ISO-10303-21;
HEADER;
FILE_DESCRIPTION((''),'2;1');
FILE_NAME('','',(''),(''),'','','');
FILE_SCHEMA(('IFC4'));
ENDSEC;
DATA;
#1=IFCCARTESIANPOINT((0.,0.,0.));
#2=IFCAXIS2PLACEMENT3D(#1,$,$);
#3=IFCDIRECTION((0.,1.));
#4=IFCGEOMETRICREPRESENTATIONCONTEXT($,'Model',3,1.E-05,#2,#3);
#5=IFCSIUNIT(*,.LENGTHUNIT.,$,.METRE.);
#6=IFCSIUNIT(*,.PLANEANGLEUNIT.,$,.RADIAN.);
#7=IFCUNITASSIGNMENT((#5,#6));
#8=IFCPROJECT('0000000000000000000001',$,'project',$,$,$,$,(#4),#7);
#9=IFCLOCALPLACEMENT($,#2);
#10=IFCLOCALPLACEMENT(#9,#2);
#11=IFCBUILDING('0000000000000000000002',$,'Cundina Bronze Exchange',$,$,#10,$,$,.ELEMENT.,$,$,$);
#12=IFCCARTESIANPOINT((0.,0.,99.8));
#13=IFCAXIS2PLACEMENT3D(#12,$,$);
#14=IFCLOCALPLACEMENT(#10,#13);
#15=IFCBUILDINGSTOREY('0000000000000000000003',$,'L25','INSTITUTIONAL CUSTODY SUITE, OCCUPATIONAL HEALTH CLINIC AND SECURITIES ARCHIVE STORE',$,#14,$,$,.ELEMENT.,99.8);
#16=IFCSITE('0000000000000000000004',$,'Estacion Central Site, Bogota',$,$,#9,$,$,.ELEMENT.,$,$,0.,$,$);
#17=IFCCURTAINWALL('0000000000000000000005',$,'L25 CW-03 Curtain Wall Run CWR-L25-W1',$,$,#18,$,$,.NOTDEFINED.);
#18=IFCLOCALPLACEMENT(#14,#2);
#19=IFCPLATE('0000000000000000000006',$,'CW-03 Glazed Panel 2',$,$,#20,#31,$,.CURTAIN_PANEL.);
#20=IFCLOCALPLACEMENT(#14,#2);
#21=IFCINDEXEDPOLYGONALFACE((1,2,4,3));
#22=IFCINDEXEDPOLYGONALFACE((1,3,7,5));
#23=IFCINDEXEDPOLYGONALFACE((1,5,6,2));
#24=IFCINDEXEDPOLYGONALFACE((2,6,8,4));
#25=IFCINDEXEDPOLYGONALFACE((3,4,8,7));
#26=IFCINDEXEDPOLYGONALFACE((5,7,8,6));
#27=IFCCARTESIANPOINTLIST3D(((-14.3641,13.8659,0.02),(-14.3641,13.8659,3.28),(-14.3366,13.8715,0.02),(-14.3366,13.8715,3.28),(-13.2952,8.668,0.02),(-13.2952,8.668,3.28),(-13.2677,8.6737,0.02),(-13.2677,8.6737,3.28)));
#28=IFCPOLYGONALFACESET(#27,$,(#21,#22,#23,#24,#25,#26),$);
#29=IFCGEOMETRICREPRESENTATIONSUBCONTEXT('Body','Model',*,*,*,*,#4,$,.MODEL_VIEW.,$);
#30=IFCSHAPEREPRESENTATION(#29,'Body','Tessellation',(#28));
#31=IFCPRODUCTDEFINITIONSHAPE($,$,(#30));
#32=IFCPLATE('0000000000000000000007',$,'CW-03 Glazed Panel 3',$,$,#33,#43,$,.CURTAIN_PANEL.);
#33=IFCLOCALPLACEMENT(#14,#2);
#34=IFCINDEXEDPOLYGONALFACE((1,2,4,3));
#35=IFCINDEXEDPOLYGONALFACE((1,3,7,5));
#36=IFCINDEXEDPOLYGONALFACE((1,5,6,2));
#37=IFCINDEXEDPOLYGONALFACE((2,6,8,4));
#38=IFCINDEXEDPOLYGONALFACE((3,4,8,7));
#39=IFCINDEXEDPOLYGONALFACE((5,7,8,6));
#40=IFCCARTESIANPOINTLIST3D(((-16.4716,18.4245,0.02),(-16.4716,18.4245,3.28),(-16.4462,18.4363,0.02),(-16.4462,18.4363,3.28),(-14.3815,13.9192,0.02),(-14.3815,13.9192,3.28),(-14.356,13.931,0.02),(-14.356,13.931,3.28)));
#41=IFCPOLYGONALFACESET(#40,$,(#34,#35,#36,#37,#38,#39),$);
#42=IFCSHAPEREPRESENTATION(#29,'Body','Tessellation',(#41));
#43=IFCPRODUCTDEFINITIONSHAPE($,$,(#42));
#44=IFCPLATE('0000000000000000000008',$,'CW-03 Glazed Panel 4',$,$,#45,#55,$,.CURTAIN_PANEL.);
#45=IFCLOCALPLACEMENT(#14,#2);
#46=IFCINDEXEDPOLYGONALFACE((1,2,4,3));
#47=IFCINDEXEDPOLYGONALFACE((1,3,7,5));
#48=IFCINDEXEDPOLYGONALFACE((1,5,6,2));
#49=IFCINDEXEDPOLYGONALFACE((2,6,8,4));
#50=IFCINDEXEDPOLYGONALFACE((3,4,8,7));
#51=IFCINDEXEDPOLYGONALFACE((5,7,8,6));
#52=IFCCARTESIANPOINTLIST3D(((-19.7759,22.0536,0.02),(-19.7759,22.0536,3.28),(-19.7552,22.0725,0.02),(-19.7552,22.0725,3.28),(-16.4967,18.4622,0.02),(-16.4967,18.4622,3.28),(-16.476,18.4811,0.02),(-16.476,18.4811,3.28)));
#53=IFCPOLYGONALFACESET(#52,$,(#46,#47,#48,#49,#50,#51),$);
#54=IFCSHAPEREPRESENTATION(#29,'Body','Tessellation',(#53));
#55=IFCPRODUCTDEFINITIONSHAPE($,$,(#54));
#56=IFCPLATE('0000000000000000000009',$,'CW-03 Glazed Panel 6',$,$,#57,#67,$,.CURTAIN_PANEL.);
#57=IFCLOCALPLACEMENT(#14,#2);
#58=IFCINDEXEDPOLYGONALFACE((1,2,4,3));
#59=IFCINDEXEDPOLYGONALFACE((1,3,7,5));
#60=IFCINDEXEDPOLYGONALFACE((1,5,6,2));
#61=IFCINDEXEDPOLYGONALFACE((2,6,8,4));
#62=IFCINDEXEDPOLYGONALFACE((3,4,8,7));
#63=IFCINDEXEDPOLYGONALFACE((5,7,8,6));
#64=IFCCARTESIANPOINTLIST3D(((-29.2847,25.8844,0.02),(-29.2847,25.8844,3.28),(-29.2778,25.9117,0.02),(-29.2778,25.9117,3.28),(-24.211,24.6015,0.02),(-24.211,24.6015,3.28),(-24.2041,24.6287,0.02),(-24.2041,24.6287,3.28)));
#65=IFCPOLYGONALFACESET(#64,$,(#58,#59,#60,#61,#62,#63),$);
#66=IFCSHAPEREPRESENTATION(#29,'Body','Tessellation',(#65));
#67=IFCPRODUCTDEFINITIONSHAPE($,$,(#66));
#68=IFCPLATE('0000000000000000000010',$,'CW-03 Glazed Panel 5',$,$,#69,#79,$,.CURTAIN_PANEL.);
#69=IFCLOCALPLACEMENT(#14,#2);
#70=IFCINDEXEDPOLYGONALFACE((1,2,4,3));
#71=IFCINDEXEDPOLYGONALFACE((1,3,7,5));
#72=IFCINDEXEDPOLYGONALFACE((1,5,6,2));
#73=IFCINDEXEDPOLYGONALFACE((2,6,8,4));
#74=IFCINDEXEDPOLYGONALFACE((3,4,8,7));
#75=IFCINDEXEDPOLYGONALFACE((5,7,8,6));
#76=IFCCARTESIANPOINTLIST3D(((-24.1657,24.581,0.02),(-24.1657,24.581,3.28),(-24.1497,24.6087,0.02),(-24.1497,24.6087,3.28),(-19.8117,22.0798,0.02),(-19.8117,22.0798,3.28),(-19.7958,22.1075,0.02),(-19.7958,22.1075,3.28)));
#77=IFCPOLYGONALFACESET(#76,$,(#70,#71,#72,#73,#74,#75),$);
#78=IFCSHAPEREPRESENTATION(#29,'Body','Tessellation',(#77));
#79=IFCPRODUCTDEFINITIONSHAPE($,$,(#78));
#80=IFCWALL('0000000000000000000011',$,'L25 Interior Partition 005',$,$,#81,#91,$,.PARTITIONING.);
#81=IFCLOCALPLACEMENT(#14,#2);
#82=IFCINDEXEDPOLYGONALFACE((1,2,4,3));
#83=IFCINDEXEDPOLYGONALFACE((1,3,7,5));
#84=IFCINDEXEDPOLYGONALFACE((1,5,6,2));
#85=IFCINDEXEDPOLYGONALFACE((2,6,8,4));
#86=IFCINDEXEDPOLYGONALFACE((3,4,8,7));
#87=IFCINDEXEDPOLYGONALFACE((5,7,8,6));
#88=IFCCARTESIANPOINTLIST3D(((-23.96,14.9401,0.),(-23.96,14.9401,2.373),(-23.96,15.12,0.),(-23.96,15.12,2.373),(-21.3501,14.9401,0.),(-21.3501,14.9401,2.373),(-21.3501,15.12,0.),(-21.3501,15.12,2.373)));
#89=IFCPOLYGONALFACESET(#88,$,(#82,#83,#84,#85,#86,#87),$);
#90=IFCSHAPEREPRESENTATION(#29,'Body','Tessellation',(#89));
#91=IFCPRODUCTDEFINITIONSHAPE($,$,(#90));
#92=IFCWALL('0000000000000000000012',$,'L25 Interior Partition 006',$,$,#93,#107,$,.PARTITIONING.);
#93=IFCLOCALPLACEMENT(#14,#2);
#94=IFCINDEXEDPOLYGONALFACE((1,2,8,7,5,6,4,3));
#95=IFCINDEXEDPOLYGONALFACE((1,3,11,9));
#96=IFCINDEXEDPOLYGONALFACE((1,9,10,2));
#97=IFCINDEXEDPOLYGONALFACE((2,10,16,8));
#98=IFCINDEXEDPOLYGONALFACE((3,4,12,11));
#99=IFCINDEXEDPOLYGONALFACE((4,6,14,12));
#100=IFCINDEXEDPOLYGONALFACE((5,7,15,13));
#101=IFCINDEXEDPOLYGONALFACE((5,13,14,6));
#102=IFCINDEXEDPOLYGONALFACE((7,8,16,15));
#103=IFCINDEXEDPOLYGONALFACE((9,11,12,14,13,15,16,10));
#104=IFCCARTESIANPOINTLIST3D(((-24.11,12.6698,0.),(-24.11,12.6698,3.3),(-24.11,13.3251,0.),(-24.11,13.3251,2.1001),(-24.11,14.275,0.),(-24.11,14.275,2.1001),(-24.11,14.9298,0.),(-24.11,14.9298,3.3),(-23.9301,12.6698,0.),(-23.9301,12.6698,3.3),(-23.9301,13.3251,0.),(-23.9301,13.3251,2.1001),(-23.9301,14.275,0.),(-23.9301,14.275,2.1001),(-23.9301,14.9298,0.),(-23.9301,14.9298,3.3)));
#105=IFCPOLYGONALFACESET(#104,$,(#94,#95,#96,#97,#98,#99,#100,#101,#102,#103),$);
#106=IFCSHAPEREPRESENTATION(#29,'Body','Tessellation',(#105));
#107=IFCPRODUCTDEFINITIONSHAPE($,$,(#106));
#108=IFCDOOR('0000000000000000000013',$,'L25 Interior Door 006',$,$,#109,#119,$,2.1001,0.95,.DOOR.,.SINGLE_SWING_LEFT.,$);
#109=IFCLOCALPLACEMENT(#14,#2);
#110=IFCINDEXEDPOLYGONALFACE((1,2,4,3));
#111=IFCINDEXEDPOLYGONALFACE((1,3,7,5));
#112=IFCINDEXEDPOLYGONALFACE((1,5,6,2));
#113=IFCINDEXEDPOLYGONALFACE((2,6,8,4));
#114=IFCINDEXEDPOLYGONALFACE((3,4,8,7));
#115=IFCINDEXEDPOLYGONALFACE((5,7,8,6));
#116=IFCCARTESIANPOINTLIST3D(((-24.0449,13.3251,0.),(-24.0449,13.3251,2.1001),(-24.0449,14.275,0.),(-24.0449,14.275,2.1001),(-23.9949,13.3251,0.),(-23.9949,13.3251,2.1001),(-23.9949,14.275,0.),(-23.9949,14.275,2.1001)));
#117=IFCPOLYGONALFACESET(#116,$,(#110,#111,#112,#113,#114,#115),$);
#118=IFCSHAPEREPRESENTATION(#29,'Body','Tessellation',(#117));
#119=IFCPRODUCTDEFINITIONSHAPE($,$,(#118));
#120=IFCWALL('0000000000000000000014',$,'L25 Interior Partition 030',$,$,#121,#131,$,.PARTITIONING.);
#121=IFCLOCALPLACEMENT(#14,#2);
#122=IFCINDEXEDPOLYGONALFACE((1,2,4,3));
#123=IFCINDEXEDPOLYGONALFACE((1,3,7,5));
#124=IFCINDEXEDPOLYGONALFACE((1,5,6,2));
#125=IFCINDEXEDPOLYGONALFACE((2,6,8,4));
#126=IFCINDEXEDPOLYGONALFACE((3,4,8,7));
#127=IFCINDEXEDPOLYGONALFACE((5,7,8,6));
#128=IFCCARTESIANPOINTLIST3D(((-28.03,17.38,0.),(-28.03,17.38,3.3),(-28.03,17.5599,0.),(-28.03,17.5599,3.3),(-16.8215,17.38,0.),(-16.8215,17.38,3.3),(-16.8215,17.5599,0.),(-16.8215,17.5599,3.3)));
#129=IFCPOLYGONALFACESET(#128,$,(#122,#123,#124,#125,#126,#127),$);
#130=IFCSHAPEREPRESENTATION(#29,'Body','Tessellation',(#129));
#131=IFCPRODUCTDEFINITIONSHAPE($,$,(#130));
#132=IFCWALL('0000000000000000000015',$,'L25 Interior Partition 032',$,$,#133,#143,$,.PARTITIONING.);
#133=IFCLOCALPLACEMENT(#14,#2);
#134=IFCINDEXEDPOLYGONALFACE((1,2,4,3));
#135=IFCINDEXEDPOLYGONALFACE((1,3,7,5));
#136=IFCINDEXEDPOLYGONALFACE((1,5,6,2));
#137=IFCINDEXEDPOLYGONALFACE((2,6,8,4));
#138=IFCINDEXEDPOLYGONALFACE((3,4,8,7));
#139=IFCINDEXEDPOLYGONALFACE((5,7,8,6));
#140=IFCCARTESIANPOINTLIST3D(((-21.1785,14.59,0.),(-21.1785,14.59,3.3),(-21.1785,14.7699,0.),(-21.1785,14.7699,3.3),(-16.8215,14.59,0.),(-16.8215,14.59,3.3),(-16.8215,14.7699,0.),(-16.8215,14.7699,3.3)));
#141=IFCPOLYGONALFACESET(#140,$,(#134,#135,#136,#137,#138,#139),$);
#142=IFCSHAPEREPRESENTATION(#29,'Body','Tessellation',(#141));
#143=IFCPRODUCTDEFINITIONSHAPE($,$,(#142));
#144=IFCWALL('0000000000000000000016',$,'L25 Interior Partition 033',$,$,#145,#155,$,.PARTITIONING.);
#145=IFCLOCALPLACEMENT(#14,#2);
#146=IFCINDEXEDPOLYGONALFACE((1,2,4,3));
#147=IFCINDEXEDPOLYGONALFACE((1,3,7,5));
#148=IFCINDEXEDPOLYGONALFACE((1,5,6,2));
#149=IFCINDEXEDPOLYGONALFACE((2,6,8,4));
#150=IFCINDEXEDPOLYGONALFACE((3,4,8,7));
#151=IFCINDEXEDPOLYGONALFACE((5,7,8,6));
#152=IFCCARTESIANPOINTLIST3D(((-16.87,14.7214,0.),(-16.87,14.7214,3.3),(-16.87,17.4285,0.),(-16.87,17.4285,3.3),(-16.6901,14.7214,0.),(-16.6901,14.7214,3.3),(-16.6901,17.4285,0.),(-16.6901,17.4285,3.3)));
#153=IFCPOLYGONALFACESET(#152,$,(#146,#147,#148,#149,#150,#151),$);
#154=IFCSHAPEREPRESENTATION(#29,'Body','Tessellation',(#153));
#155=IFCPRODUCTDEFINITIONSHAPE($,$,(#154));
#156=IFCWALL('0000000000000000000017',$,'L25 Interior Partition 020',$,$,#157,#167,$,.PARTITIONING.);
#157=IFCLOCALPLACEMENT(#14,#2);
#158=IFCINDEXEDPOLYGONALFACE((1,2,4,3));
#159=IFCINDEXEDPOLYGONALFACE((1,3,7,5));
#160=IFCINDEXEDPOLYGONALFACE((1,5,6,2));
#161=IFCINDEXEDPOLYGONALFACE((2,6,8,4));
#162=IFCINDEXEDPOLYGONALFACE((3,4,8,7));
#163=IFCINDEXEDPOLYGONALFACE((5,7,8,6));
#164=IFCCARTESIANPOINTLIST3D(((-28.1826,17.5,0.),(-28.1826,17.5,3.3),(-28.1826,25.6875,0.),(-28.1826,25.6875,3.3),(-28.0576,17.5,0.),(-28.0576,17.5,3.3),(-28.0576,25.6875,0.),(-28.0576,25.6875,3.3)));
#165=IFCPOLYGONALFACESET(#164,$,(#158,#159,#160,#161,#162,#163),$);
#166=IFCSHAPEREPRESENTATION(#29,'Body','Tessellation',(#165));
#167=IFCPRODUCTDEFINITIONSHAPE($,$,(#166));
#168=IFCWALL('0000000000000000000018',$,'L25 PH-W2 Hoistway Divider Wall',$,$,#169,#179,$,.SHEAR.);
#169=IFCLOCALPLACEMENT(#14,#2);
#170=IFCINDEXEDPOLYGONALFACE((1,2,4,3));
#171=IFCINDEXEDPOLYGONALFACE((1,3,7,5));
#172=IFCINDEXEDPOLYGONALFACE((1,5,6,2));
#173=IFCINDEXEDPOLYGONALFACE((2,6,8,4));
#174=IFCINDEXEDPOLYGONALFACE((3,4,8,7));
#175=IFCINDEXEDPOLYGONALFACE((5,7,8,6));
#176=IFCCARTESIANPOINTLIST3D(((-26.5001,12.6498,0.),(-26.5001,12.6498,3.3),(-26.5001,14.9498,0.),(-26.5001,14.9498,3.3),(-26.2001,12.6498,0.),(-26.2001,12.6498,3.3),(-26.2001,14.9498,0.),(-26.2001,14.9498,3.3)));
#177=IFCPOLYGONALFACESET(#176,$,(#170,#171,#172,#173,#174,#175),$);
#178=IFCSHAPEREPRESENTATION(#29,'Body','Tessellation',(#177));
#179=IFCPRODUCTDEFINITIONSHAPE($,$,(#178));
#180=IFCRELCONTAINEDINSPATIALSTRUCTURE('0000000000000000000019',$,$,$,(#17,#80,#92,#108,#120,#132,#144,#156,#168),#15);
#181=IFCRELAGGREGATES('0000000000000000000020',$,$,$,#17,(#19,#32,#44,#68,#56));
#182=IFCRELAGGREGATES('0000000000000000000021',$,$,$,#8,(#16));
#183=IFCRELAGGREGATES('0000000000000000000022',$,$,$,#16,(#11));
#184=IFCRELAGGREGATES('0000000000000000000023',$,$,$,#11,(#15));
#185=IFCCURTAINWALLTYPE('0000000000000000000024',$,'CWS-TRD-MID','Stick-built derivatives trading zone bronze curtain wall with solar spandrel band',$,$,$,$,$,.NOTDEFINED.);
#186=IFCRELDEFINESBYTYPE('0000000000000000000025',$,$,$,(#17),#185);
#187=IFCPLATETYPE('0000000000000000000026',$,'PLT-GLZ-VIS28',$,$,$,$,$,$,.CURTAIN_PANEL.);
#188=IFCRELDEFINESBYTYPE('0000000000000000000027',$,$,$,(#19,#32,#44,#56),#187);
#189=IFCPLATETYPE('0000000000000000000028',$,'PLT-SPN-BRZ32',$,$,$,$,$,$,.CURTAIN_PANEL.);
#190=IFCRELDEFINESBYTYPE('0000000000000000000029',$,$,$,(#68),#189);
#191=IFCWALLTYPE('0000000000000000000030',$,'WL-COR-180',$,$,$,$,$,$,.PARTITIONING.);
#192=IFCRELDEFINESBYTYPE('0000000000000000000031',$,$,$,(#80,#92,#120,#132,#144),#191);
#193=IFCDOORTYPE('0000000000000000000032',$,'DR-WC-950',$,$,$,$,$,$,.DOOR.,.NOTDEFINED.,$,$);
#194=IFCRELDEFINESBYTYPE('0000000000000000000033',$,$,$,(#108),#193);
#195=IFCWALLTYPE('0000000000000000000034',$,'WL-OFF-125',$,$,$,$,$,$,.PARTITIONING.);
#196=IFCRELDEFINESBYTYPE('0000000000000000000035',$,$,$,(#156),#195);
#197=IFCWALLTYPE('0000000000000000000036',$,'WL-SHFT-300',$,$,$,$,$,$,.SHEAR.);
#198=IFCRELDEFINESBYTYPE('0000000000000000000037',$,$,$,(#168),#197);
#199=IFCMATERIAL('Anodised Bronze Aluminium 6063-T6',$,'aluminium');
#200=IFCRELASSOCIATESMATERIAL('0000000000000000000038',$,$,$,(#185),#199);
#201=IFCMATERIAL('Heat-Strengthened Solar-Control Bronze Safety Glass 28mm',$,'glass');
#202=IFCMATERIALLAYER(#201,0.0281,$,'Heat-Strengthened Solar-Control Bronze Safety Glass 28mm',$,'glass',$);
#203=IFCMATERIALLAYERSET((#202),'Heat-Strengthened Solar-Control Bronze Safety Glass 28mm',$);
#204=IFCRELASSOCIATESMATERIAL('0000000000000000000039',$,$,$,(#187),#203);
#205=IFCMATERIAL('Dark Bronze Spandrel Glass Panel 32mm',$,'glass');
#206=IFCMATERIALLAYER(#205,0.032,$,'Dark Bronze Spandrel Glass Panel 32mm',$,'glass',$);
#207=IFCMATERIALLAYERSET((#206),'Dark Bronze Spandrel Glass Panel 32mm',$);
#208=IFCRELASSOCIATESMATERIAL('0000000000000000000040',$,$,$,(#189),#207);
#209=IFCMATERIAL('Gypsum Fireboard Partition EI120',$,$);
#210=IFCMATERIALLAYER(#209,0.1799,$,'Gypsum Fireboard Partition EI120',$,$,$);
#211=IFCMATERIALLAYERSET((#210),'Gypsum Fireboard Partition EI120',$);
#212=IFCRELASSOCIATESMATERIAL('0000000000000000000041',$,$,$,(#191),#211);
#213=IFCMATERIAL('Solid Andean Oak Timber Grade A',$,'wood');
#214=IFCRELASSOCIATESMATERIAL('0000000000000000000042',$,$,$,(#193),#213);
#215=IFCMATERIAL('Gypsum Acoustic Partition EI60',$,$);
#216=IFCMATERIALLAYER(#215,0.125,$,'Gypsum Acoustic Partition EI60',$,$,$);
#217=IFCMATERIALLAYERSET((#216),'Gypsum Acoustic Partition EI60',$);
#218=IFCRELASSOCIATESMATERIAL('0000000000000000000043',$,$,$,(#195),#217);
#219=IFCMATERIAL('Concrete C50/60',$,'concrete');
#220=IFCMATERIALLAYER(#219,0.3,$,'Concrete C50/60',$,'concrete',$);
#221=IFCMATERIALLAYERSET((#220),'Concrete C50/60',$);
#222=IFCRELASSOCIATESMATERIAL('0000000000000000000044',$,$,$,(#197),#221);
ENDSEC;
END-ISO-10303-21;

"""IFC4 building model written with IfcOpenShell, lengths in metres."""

from ifc_helpers import new_model, si_unit, direction, frame, frame_2d, origin, origin_2d, place, context, subcontext, project, spatial, rectangle, extrude, material, layer, layer_set, type_object, element, fill, aggregate, save


model = new_model("IFC4")

# Units and contexts
model_context = context("Model", 3, precision=1e-05, world=origin(), true_north=direction((0.0, 1.0)))
body_context = subcontext(model_context, "Body", "Model", "MODEL_VIEW")
ifc_project = project(units=[si_unit("LENGTHUNIT", "METRE"), si_unit("PLANEANGLEUNIT", "RADIAN")], contexts=[model_context])

# Site, building, storey
site_placement = place(None, origin())
site = spatial("IfcSite", under=ifc_project, at=site_placement, Name="Estacion Central Site, Bogota", CompositionType="ELEMENT", RefElevation=0.0)
building_placement = place(site_placement, origin())
building = spatial("IfcBuilding", under=site, at=building_placement, Name="Cundina Bronze Exchange", CompositionType="ELEMENT")
storey_placement = place(building_placement, frame((0.0, 0.0, 99.8)))
storey = spatial("IfcBuildingStorey", under=building, at=storey_placement, Name="L25", Description="INSTITUTIONAL CUSTODY SUITE, OCCUPATIONAL HEALTH CLINIC AND SECURITIES ARCHIVE STORE", CompositionType="ELEMENT", Elevation=99.8)

# Curtain wall, plates
ifc_material_1 = material(Name="Anodised Bronze Aluminium 6063-T6", Category="aluminium")
curtain_wall_type = type_object("IfcCurtainWallType", Name="CWS-TRD-MID", Description="Stick-built derivatives trading zone bronze curtain wall with solar spandrel band", PredefinedType="NOTDEFINED", material=ifc_material_1)
curtain_wall_placement = place(storey_placement, origin())
curtain_wall = element("IfcCurtainWall", 1, at=curtain_wall_placement, inside=storey, type_object=curtain_wall_type, Name="L25 CW-03 Curtain Wall Run CWR-L25-W1", PredefinedType="NOTDEFINED")
ifc_material_2 = material(Name="Heat-Strengthened Solar-Control Bronze Safety Glass 28mm", Category="glass")
ifc_layer_1 = layer(ifc_material_2, 0.0281, Name="Heat-Strengthened Solar-Control Bronze Safety Glass 28mm", Category="glass")
ifc_layer_set_1 = layer_set([ifc_layer_1], Name="Heat-Strengthened Solar-Control Bronze Safety Glass 28mm")
plate_type_1 = type_object("IfcPlateType", Name="PLT-GLZ-VIS28", PredefinedType="CURTAIN_PANEL", material=ifc_layer_set_1)
plate_1_placement = place(storey_placement, frame((-13.8159, 11.2698, 0.02), z_axis=(0.0, 0.0, 1.0), x_axis=(-0.20142, 0.979505, 0.0)))
plate_1 = element("IfcPlate", 2, at=plate_1_placement, type_object=plate_type_1, Name="CW-03 Glazed Panel 2", PredefinedType="CURTAIN_PANEL", context=body_context, shape_type="SweptSolid", body=[
    extrude(rectangle(XDim=5.3066, YDim=0.0281, at=origin_2d()), origin(), (0.0, 0.0, 1.0), 3.26),
])
plate_2_placement = place(storey_placement, frame((-15.4138, 16.1777, 0.02), z_axis=(0.0, 0.0, 1.0), x_axis=(-0.420846, 0.907132, 0.0)))
plate_2 = element("IfcPlate", 3, at=plate_2_placement, type_object=plate_type_1, Name="CW-03 Glazed Panel 3", PredefinedType="CURTAIN_PANEL", context=body_context, shape_type="SweptSolid", body=[
    extrude(rectangle(XDim=4.9666, YDim=0.0281, at=origin_2d()), origin(), (0.0, 0.0, 1.0), 3.26),
])
plate_3_placement = place(storey_placement, frame((-18.126, 20.2673, 0.02), z_axis=(0.0, 0.0, 1.0), x_axis=(-0.674277, 0.738479, 0.0)))
plate_3 = element("IfcPlate", 4, at=plate_3_placement, type_object=plate_type_1, Name="CW-03 Glazed Panel 4", PredefinedType="CURTAIN_PANEL", context=body_context, shape_type="SweptSolid", body=[
    extrude(rectangle(XDim=4.8633, YDim=0.0281, at=origin_2d()), origin(), (0.0, 0.0, 1.0), 3.26),
])
plate_4_placement = place(storey_placement, frame((-26.7444, 25.2566, 0.02), z_axis=(0.0, 0.0, 1.0), x_axis=(-0.969488, 0.245138, 0.0)))
plate_4 = element("IfcPlate", 5, at=plate_4_placement, type_object=plate_type_1, Name="CW-03 Glazed Panel 6", PredefinedType="CURTAIN_PANEL", context=body_context, shape_type="SweptSolid", body=[
    extrude(rectangle(XDim=5.2334, YDim=0.0281, at=origin_2d()), origin(), (0.0, 0.0, 1.0), 3.26),
])
ifc_material_3 = material(Name="Dark Bronze Spandrel Glass Panel 32mm", Category="glass")
ifc_layer_2 = layer(ifc_material_3, 0.032, Name="Dark Bronze Spandrel Glass Panel 32mm", Category="glass")
ifc_layer_set_2 = layer_set([ifc_layer_2], Name="Dark Bronze Spandrel Glass Panel 32mm")
plate_type_2 = type_object("IfcPlateType", Name="PLT-SPN-BRZ32", PredefinedType="CURTAIN_PANEL", material=ifc_layer_set_2)
plate_5_placement = place(storey_placement, frame((-21.9807, 23.3442, 0.02), z_axis=(0.0, 0.0, 1.0), x_axis=(-0.867105, 0.498125, 0.0)))
plate_5 = element("IfcPlate", 6, at=plate_5_placement, type_object=plate_type_2, Name="CW-03 Glazed Panel 5", PredefinedType="CURTAIN_PANEL", context=body_context, shape_type="SweptSolid", body=[
    extrude(rectangle(XDim=5.0212, YDim=0.032, at=origin_2d()), origin(), (0.0, 0.0, 1.0), 3.26),
])
aggregate(curtain_wall, [plate_1, plate_2, plate_3, plate_5, plate_4])

# Wall
ifc_material_4 = material(Name="Gypsum Fireboard Partition EI120")
ifc_layer_3 = layer(ifc_material_4, 0.1799, Name="Gypsum Fireboard Partition EI120")
ifc_layer_set_3 = layer_set([ifc_layer_3], Name="Gypsum Fireboard Partition EI120")
wall_type_1 = type_object("IfcWallType", Name="WL-COR-180", PredefinedType="PARTITIONING", material=ifc_layer_set_3)
wall_1_placement = place(storey_placement, frame((-23.96, 15.03, 0.0), z_axis=(0.0, 0.0, 1.0), x_axis=(1.0, 0.0, 0.0)))
element("IfcWall", 7, at=wall_1_placement, inside=storey, type_object=wall_type_1, Name="L25 Interior Partition 005", PredefinedType="PARTITIONING", context=body_context, shape_type="SweptSolid", body=[
    extrude(rectangle(XDim=2.6099, YDim=0.1799, at=frame_2d((1.3049, 0.0))), origin(), (0.0, 0.0, 1.0), 2.373),
])

# Wall, opening, door
wall_2_placement = place(storey_placement, frame((-24.02, 12.6699, 0.0), z_axis=(0.0, 0.0, 1.0), x_axis=(0.0, 1.0, 0.0)))
wall_2 = element("IfcWall", 8, at=wall_2_placement, inside=storey, type_object=wall_type_1, Name="L25 Interior Partition 006", PredefinedType="PARTITIONING", context=body_context, shape_type="SweptSolid", body=[
    extrude(rectangle(XDim=2.26, YDim=0.1799, at=frame_2d((1.1299, 0.0))), origin(), (0.0, 0.0, 1.0), 3.3),
])
opening_1_placement = place(wall_2_placement, frame((0.655, 0.0, 0.0)))
opening_1 = element("IfcOpeningElement", 9, at=opening_1_placement, cuts=wall_2, PredefinedType="OPENING", context=body_context, shape_type="SweptSolid", body=[
    extrude(rectangle(XDim=0.95, YDim=2.1001, at=frame_2d((0.4751, 1.05))), frame((0.0, 0.0999, 0.0), z_axis=(0.0, -1.0, 0.0), x_axis=(1.0, 0.0, 0.0)), (0.0, 0.0, 1.0), 0.2),
])
ifc_material_5 = material(Name="Solid Andean Oak Timber Grade A", Category="wood")
door_type_1 = type_object("IfcDoorType", Name="DR-WC-950", OperationType="NOTDEFINED", PredefinedType="DOOR", material=ifc_material_5)
door_1_placement = place(opening_1_placement, origin())
door_1 = element("IfcDoor", 10, at=door_1_placement, inside=storey, type_object=door_type_1, Name="L25 Interior Door 006", OperationType="SINGLE_SWING_LEFT", OverallHeight=2.1001, OverallWidth=0.95, PredefinedType="DOOR", context=body_context, shape_type="SweptSolid", body=[
    extrude(rectangle(XDim=0.95, YDim=2.1001, at=frame_2d((0.4751, 1.05))), frame((0.0, 0.0249, 0.0), z_axis=(0.0, -1.0, 0.0), x_axis=(1.0, 0.0, 0.0)), (0.0, 0.0, 1.0), 0.05),
])
fill(opening_1, door_1)

# Walls
wall_3_placement = place(storey_placement, frame((-16.8215, 17.47, 0.0), z_axis=(0.0, 0.0, 1.0), x_axis=(-1.0, 0.0, 0.0)))
element("IfcWall", 11, at=wall_3_placement, inside=storey, type_object=wall_type_1, Name="L25 Interior Partition 030", PredefinedType="PARTITIONING", context=body_context, shape_type="SweptSolid", body=[
    extrude(rectangle(XDim=11.2085, YDim=0.1799, at=frame_2d((5.6042, 0.0))), origin(), (0.0, 0.0, 1.0), 3.3),
])
wall_4_placement = place(storey_placement, frame((-21.1785, 14.6799, 0.0), z_axis=(0.0, 0.0, 1.0), x_axis=(1.0, 0.0, 0.0)))
element("IfcWall", 12, at=wall_4_placement, inside=storey, type_object=wall_type_1, Name="L25 Interior Partition 032", PredefinedType="PARTITIONING", context=body_context, shape_type="SweptSolid", body=[
    extrude(rectangle(XDim=4.3569, YDim=0.1799, at=frame_2d((2.1785, 0.0))), origin(), (0.0, 0.0, 1.0), 3.3),
])
wall_5_placement = place(storey_placement, frame((-16.78, 14.7214, 0.0), z_axis=(0.0, 0.0, 1.0), x_axis=(0.0, 1.0, 0.0)))
element("IfcWall", 13, at=wall_5_placement, inside=storey, type_object=wall_type_1, Name="L25 Interior Partition 033", PredefinedType="PARTITIONING", context=body_context, shape_type="SweptSolid", body=[
    extrude(rectangle(XDim=2.707, YDim=0.1799, at=frame_2d((1.3535, 0.0))), origin(), (0.0, 0.0, 1.0), 3.3),
])
ifc_material_6 = material(Name="Gypsum Acoustic Partition EI60")
ifc_layer_4 = layer(ifc_material_6, 0.125, Name="Gypsum Acoustic Partition EI60")
ifc_layer_set_4 = layer_set([ifc_layer_4], Name="Gypsum Acoustic Partition EI60")
wall_type_2 = type_object("IfcWallType", Name="WL-OFF-125", PredefinedType="PARTITIONING", material=ifc_layer_set_4)
wall_6_placement = place(storey_placement, frame((-28.1201, 17.5, 0.0), z_axis=(0.0, 0.0, 1.0), x_axis=(0.0, 1.0, 0.0)))
element("IfcWall", 14, at=wall_6_placement, inside=storey, type_object=wall_type_2, Name="L25 Interior Partition 020", PredefinedType="PARTITIONING", context=body_context, shape_type="SweptSolid", body=[
    extrude(rectangle(XDim=8.1875, YDim=0.125, at=frame_2d((4.0938, 0.0))), origin(), (0.0, 0.0, 1.0), 3.3),
])

# Shared definitions
ifc_material_7 = material(Name="Concrete C50/60", Category="concrete")
ifc_layer_5 = layer(ifc_material_7, 0.3, Name="Concrete C50/60", Category="concrete")
ifc_layer_set_5 = layer_set([ifc_layer_5], Name="Concrete C50/60")
wall_type_3 = type_object("IfcWallType", Name="WL-SHFT-300", PredefinedType="SHEAR", material=ifc_layer_set_5)

# Wall
wall_7_placement = place(storey_placement, frame((-26.3501, 12.6499, 0.0), z_axis=(0.0, 0.0, 1.0), x_axis=(0.0, 1.0, 0.0)))
element("IfcWall", 15, at=wall_7_placement, inside=storey, type_object=wall_type_3, Name="L25 PH-W2 Hoistway Divider Wall", PredefinedType="SHEAR", context=body_context, shape_type="SweptSolid", body=[
    extrude(rectangle(XDim=2.3, YDim=0.3, at=frame_2d((1.1499, 0.0))), origin(), (0.0, 0.0, 1.0), 3.3),
])

save(model, "model.ifc")
